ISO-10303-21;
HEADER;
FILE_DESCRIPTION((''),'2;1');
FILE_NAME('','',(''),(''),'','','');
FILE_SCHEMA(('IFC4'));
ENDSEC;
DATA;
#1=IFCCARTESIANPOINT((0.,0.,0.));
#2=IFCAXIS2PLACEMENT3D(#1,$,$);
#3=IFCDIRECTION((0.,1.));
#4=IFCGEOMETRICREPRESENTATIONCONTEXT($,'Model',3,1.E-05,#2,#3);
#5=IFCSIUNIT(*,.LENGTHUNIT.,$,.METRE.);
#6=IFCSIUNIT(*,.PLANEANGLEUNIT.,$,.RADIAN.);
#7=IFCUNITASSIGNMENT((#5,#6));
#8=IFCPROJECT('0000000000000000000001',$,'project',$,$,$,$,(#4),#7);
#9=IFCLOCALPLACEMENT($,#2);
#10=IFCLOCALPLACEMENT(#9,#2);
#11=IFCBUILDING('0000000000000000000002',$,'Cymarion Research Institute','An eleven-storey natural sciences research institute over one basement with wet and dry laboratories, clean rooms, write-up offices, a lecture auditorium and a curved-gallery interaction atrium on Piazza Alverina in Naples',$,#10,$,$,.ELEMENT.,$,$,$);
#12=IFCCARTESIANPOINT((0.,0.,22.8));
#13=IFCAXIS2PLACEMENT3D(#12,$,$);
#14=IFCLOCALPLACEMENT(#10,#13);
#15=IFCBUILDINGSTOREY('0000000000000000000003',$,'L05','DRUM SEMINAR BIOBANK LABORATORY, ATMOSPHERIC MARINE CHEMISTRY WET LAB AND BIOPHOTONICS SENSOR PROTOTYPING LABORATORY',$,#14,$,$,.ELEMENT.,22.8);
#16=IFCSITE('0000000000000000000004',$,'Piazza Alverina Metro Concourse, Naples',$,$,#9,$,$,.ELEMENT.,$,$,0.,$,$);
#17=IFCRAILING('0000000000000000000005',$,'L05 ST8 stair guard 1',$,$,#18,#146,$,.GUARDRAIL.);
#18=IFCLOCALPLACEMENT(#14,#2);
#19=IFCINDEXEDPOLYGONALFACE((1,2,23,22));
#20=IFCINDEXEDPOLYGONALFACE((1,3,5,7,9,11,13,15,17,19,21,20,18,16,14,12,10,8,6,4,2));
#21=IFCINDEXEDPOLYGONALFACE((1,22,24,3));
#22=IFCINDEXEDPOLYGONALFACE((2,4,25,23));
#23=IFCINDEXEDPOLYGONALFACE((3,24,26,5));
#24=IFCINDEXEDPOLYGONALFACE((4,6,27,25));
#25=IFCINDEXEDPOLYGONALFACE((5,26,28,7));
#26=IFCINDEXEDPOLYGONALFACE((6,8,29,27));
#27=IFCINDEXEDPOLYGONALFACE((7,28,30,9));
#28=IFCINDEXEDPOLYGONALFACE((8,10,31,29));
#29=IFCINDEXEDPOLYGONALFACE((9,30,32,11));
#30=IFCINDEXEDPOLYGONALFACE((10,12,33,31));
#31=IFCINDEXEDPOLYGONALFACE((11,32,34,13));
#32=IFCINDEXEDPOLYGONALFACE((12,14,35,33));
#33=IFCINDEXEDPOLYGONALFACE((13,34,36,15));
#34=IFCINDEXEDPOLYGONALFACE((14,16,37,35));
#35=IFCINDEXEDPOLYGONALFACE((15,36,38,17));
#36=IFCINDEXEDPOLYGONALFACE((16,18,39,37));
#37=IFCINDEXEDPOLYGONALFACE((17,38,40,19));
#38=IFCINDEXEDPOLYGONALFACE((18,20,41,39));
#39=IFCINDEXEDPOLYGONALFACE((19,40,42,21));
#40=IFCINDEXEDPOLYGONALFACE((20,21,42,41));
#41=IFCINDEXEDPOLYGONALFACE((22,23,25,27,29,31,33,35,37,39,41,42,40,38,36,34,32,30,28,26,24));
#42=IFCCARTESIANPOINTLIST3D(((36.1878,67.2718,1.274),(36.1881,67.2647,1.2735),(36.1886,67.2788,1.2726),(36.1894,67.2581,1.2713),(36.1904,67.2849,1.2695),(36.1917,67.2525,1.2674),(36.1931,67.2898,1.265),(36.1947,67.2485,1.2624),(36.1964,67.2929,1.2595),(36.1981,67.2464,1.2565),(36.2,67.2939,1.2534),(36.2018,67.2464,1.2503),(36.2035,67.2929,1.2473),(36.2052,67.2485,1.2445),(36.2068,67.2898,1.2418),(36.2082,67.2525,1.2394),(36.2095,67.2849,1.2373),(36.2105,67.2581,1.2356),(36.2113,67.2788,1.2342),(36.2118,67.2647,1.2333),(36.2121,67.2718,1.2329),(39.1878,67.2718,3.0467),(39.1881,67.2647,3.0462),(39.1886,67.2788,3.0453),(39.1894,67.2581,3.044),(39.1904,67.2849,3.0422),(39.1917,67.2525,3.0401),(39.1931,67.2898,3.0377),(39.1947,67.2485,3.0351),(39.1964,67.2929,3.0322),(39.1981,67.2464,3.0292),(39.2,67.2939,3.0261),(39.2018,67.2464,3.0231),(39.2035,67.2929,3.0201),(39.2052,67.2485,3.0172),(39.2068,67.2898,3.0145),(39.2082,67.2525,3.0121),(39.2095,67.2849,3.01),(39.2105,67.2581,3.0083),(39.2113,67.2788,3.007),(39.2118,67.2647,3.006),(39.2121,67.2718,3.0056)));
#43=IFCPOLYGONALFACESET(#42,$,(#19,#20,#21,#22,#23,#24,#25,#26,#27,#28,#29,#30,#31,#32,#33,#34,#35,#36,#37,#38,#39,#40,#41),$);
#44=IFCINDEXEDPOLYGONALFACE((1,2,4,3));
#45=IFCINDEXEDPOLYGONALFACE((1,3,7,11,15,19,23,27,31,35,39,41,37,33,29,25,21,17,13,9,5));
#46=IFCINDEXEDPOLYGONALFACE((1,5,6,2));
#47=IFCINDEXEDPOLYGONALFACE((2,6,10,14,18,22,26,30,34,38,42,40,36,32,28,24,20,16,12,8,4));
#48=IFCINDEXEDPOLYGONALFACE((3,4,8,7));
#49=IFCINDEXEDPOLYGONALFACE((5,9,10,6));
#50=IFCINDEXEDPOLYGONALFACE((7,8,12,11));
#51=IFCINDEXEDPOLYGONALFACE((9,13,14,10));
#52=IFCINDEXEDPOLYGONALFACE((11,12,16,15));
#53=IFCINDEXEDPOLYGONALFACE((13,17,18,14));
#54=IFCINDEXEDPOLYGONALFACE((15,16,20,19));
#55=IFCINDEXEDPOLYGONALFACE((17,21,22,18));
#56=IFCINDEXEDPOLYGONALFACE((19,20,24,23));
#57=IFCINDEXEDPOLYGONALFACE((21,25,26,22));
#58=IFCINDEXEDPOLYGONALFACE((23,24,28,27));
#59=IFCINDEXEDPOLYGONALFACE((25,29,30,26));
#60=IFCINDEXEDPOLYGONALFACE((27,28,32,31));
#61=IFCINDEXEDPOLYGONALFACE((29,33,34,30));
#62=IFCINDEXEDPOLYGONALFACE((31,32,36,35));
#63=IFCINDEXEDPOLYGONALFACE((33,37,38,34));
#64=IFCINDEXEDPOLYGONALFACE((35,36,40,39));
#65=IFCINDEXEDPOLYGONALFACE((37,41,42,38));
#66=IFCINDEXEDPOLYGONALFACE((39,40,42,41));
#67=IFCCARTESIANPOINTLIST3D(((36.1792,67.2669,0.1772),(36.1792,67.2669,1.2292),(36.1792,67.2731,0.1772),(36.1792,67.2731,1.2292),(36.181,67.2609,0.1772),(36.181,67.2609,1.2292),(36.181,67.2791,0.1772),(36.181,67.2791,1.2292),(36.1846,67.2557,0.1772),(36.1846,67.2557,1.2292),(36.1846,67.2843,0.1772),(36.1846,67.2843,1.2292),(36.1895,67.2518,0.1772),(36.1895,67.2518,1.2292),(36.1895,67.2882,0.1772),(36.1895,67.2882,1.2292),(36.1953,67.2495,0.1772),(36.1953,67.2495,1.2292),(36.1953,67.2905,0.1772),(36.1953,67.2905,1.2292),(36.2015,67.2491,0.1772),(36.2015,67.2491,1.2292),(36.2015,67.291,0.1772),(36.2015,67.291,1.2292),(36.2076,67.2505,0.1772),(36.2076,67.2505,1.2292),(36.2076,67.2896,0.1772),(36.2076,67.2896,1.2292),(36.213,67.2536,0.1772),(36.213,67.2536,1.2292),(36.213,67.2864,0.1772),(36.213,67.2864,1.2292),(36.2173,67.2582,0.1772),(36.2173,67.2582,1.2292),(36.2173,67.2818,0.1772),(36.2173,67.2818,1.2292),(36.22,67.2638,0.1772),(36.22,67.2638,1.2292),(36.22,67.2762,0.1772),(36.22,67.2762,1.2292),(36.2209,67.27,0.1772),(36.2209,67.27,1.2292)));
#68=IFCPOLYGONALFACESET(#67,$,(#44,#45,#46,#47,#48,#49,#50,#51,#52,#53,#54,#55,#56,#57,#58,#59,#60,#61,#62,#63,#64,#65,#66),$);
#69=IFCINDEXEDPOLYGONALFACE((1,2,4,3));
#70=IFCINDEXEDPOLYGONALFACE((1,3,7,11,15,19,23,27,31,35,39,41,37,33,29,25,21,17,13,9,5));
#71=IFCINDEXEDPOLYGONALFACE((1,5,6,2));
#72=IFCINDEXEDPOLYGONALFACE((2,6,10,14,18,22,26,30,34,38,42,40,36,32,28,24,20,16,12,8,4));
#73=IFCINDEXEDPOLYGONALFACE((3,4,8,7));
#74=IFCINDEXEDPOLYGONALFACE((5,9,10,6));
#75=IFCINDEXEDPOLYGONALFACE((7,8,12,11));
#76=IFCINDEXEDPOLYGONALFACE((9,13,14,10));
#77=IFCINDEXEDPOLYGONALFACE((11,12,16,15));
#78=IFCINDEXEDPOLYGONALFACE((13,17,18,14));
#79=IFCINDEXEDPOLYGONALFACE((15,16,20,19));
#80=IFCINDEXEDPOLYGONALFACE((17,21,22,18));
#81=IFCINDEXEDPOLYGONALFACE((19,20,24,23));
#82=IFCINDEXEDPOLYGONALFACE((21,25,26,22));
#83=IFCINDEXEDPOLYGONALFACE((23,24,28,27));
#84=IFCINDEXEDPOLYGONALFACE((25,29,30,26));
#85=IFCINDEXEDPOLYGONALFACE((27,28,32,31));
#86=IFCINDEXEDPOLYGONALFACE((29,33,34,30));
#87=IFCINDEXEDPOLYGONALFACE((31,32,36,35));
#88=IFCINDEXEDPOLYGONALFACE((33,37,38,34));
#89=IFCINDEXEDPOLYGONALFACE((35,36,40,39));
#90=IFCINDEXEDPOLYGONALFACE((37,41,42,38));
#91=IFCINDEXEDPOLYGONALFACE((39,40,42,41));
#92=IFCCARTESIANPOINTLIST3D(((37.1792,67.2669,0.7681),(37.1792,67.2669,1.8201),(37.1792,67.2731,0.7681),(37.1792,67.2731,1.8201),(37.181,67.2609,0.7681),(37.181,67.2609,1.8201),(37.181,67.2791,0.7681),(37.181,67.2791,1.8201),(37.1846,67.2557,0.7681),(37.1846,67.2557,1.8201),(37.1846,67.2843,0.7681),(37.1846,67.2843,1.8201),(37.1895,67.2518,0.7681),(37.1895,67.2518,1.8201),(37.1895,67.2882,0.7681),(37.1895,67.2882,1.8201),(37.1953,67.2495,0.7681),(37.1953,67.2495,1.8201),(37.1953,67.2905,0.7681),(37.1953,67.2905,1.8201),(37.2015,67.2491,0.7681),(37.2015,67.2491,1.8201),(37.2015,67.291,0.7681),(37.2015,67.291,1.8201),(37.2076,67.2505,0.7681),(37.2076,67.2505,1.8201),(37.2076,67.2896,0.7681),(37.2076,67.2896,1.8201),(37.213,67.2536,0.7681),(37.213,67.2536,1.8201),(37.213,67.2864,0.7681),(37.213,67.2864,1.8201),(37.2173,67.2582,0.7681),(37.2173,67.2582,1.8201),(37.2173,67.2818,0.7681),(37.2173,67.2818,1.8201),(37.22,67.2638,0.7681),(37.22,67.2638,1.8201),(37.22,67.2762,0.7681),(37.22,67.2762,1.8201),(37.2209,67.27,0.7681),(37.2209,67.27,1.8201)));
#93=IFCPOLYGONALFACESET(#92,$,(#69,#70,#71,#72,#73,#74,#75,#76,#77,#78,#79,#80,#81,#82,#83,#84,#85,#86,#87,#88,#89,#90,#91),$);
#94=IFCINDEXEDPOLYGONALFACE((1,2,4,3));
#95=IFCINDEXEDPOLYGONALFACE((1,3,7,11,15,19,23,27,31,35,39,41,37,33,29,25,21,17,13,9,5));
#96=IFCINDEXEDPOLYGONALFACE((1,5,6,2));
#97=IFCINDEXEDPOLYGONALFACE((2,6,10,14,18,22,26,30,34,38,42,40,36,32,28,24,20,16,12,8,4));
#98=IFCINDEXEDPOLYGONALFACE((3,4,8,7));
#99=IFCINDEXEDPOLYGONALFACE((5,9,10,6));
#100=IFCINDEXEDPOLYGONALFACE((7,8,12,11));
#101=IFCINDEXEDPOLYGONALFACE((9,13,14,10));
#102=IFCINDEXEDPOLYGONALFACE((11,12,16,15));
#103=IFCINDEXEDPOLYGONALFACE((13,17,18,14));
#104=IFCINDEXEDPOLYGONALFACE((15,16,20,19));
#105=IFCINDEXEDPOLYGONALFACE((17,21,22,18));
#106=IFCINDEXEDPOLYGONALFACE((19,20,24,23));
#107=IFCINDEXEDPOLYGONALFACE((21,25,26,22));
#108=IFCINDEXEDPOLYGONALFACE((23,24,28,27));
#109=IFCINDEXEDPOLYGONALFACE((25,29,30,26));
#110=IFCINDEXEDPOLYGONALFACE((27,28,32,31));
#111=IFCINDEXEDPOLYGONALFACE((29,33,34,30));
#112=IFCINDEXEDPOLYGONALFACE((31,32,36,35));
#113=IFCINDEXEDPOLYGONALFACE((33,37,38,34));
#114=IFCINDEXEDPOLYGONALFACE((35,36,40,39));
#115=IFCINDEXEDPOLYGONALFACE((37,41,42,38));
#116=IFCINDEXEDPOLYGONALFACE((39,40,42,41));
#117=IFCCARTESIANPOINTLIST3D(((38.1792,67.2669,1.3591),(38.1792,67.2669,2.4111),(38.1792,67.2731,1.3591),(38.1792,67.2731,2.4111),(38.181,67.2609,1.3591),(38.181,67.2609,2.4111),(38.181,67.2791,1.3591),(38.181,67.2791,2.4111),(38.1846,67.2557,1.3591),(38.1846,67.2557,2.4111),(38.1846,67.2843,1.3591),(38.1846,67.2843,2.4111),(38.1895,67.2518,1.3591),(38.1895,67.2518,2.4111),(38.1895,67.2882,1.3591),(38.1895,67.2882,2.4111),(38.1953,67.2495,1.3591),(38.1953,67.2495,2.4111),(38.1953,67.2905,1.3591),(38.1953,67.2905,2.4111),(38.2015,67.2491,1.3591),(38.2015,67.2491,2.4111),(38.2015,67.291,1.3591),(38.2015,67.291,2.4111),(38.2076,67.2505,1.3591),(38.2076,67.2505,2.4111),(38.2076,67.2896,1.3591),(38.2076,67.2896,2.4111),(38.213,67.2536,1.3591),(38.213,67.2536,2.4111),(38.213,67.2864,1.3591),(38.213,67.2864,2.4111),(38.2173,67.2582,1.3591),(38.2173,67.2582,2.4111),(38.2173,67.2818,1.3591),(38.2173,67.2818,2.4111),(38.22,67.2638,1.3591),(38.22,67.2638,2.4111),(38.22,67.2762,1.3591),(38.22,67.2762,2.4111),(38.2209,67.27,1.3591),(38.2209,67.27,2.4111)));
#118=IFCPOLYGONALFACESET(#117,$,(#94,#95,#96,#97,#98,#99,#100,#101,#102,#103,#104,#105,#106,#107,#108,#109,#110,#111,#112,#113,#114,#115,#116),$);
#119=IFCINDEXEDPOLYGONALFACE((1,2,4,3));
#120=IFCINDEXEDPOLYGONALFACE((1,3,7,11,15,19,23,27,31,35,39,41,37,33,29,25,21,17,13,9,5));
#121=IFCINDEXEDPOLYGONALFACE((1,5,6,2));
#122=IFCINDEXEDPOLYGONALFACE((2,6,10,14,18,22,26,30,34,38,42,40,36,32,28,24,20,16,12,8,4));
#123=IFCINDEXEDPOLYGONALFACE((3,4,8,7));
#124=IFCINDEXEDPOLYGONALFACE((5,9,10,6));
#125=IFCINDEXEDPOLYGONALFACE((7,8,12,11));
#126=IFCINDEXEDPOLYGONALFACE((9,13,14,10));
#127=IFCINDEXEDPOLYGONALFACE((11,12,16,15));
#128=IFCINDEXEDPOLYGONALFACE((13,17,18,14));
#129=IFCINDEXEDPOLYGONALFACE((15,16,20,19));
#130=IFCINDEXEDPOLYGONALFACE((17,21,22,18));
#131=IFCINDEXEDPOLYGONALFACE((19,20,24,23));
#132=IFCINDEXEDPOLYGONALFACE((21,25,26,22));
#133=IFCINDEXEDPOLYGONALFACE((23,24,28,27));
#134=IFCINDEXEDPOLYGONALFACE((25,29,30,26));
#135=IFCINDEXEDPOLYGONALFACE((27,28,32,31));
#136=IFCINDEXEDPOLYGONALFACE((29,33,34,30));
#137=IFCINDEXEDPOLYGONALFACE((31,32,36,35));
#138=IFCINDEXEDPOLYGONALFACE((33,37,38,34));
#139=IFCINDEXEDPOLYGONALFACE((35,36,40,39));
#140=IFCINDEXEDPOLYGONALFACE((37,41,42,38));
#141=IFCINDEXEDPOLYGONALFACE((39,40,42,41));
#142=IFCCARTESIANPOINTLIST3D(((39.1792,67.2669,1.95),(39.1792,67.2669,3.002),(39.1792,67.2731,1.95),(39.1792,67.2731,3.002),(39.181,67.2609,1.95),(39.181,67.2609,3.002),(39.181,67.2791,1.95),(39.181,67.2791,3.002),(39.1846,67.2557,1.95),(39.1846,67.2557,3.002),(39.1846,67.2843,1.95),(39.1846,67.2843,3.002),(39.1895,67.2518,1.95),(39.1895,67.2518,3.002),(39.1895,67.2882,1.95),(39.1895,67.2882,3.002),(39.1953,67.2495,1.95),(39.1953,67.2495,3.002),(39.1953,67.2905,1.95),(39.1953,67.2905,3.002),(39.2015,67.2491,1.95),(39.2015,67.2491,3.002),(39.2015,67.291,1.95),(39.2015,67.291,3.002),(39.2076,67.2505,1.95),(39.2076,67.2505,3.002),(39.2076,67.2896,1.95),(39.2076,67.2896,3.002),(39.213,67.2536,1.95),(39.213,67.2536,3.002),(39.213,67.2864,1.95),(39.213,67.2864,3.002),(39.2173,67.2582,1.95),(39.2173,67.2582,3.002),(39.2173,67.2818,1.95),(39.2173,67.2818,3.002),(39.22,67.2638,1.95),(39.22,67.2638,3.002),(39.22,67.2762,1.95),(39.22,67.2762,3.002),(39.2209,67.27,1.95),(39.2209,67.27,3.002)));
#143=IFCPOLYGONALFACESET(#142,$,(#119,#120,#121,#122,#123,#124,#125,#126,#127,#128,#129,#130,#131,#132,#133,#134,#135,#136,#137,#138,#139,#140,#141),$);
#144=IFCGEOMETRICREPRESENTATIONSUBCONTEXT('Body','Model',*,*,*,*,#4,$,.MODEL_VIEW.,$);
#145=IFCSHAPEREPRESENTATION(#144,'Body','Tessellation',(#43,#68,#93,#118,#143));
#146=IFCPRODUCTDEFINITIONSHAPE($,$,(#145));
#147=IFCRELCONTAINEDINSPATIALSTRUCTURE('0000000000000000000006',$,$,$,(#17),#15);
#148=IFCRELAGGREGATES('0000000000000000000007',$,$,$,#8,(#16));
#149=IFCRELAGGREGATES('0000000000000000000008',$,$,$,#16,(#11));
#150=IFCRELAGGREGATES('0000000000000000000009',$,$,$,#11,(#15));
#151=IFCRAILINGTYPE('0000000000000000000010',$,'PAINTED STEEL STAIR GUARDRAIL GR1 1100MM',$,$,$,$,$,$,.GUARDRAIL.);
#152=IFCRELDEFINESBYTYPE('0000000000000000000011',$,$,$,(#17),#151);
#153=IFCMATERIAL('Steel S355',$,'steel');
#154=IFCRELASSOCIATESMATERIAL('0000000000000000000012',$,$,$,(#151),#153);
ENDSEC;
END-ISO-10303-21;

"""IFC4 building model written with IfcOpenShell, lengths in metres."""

from ifc_helpers import new_model, si_unit, direction, frame, origin, origin_2d, place, context, subcontext, project, spatial, circle, extrude, material, type_object, element, save


model = new_model("IFC4")

# Units and contexts
model_context = context("Model", 3, precision=1e-05, world=origin(), true_north=direction((0.0, 1.0)))
body_context = subcontext(model_context, "Body", "Model", "MODEL_VIEW")
ifc_project = project(units=[si_unit("LENGTHUNIT", "METRE"), si_unit("PLANEANGLEUNIT", "RADIAN")], contexts=[model_context])

# Site, building, storey
site_placement = place(None, origin())
site = spatial("IfcSite", under=ifc_project, at=site_placement, Name="Piazza Alverina Metro Concourse, Naples", CompositionType="ELEMENT", RefElevation=0.0)
building_placement = place(site_placement, origin())
building = spatial("IfcBuilding", under=site, at=building_placement, Name="Cymarion Research Institute", Description="An eleven-storey natural sciences research institute over one basement with wet and dry laboratories, clean rooms, write-up offices, a lecture auditorium and a curved-gallery interaction atrium on Piazza Alverina in Naples", CompositionType="ELEMENT")
storey_placement = place(building_placement, frame((0.0, 0.0, 22.8)))
storey = spatial("IfcBuildingStorey", under=building, at=storey_placement, Name="L05", Description="DRUM SEMINAR BIOBANK LABORATORY, ATMOSPHERIC MARINE CHEMISTRY WET LAB AND BIOPHOTONICS SENSOR PROTOTYPING LABORATORY", CompositionType="ELEMENT", Elevation=22.8)

# Shared definitions
ifc_material_1 = material(Name="Steel S355", Category="steel")

# Railing
railing_type_1 = type_object("IfcRailingType", Name="PAINTED STEEL STAIR GUARDRAIL GR1 1100MM", PredefinedType="GUARDRAIL", material=ifc_material_1)
railing_1_placement = place(storey_placement, frame((36.2, 67.27, 0.1772)))
element("IfcRailing", 1, at=railing_1_placement, inside=storey, type_object=railing_type_1, Name="L05 ST8 stair guard 1", PredefinedType="GUARDRAIL", context=body_context, shape_type="SweptSolid", body=[
    extrude(circle(Radius=0.0239, at=origin_2d()), frame((0.0, 0.0, 1.0762), z_axis=(0.860929, 0.0, 0.508725), x_axis=(0.0, 1.0, 0.0)), (0.0, 0.0, 1.0), 3.4846),
    extrude(circle(Radius=0.021, at=origin_2d()), origin(), (0.0, 0.0, 1.0), 1.052),
    extrude(circle(Radius=0.021, at=origin_2d()), frame((1.0, 0.0, 0.5908)), (0.0, 0.0, 1.0), 1.052),
    extrude(circle(Radius=0.021, at=origin_2d()), frame((2.0, 0.0, 1.1819)), (0.0, 0.0, 1.0), 1.052),
    extrude(circle(Radius=0.021, at=origin_2d()), frame((3.0, 0.0, 1.7727)), (0.0, 0.0, 1.0), 1.052),
])

save(model, "model.ifc")
